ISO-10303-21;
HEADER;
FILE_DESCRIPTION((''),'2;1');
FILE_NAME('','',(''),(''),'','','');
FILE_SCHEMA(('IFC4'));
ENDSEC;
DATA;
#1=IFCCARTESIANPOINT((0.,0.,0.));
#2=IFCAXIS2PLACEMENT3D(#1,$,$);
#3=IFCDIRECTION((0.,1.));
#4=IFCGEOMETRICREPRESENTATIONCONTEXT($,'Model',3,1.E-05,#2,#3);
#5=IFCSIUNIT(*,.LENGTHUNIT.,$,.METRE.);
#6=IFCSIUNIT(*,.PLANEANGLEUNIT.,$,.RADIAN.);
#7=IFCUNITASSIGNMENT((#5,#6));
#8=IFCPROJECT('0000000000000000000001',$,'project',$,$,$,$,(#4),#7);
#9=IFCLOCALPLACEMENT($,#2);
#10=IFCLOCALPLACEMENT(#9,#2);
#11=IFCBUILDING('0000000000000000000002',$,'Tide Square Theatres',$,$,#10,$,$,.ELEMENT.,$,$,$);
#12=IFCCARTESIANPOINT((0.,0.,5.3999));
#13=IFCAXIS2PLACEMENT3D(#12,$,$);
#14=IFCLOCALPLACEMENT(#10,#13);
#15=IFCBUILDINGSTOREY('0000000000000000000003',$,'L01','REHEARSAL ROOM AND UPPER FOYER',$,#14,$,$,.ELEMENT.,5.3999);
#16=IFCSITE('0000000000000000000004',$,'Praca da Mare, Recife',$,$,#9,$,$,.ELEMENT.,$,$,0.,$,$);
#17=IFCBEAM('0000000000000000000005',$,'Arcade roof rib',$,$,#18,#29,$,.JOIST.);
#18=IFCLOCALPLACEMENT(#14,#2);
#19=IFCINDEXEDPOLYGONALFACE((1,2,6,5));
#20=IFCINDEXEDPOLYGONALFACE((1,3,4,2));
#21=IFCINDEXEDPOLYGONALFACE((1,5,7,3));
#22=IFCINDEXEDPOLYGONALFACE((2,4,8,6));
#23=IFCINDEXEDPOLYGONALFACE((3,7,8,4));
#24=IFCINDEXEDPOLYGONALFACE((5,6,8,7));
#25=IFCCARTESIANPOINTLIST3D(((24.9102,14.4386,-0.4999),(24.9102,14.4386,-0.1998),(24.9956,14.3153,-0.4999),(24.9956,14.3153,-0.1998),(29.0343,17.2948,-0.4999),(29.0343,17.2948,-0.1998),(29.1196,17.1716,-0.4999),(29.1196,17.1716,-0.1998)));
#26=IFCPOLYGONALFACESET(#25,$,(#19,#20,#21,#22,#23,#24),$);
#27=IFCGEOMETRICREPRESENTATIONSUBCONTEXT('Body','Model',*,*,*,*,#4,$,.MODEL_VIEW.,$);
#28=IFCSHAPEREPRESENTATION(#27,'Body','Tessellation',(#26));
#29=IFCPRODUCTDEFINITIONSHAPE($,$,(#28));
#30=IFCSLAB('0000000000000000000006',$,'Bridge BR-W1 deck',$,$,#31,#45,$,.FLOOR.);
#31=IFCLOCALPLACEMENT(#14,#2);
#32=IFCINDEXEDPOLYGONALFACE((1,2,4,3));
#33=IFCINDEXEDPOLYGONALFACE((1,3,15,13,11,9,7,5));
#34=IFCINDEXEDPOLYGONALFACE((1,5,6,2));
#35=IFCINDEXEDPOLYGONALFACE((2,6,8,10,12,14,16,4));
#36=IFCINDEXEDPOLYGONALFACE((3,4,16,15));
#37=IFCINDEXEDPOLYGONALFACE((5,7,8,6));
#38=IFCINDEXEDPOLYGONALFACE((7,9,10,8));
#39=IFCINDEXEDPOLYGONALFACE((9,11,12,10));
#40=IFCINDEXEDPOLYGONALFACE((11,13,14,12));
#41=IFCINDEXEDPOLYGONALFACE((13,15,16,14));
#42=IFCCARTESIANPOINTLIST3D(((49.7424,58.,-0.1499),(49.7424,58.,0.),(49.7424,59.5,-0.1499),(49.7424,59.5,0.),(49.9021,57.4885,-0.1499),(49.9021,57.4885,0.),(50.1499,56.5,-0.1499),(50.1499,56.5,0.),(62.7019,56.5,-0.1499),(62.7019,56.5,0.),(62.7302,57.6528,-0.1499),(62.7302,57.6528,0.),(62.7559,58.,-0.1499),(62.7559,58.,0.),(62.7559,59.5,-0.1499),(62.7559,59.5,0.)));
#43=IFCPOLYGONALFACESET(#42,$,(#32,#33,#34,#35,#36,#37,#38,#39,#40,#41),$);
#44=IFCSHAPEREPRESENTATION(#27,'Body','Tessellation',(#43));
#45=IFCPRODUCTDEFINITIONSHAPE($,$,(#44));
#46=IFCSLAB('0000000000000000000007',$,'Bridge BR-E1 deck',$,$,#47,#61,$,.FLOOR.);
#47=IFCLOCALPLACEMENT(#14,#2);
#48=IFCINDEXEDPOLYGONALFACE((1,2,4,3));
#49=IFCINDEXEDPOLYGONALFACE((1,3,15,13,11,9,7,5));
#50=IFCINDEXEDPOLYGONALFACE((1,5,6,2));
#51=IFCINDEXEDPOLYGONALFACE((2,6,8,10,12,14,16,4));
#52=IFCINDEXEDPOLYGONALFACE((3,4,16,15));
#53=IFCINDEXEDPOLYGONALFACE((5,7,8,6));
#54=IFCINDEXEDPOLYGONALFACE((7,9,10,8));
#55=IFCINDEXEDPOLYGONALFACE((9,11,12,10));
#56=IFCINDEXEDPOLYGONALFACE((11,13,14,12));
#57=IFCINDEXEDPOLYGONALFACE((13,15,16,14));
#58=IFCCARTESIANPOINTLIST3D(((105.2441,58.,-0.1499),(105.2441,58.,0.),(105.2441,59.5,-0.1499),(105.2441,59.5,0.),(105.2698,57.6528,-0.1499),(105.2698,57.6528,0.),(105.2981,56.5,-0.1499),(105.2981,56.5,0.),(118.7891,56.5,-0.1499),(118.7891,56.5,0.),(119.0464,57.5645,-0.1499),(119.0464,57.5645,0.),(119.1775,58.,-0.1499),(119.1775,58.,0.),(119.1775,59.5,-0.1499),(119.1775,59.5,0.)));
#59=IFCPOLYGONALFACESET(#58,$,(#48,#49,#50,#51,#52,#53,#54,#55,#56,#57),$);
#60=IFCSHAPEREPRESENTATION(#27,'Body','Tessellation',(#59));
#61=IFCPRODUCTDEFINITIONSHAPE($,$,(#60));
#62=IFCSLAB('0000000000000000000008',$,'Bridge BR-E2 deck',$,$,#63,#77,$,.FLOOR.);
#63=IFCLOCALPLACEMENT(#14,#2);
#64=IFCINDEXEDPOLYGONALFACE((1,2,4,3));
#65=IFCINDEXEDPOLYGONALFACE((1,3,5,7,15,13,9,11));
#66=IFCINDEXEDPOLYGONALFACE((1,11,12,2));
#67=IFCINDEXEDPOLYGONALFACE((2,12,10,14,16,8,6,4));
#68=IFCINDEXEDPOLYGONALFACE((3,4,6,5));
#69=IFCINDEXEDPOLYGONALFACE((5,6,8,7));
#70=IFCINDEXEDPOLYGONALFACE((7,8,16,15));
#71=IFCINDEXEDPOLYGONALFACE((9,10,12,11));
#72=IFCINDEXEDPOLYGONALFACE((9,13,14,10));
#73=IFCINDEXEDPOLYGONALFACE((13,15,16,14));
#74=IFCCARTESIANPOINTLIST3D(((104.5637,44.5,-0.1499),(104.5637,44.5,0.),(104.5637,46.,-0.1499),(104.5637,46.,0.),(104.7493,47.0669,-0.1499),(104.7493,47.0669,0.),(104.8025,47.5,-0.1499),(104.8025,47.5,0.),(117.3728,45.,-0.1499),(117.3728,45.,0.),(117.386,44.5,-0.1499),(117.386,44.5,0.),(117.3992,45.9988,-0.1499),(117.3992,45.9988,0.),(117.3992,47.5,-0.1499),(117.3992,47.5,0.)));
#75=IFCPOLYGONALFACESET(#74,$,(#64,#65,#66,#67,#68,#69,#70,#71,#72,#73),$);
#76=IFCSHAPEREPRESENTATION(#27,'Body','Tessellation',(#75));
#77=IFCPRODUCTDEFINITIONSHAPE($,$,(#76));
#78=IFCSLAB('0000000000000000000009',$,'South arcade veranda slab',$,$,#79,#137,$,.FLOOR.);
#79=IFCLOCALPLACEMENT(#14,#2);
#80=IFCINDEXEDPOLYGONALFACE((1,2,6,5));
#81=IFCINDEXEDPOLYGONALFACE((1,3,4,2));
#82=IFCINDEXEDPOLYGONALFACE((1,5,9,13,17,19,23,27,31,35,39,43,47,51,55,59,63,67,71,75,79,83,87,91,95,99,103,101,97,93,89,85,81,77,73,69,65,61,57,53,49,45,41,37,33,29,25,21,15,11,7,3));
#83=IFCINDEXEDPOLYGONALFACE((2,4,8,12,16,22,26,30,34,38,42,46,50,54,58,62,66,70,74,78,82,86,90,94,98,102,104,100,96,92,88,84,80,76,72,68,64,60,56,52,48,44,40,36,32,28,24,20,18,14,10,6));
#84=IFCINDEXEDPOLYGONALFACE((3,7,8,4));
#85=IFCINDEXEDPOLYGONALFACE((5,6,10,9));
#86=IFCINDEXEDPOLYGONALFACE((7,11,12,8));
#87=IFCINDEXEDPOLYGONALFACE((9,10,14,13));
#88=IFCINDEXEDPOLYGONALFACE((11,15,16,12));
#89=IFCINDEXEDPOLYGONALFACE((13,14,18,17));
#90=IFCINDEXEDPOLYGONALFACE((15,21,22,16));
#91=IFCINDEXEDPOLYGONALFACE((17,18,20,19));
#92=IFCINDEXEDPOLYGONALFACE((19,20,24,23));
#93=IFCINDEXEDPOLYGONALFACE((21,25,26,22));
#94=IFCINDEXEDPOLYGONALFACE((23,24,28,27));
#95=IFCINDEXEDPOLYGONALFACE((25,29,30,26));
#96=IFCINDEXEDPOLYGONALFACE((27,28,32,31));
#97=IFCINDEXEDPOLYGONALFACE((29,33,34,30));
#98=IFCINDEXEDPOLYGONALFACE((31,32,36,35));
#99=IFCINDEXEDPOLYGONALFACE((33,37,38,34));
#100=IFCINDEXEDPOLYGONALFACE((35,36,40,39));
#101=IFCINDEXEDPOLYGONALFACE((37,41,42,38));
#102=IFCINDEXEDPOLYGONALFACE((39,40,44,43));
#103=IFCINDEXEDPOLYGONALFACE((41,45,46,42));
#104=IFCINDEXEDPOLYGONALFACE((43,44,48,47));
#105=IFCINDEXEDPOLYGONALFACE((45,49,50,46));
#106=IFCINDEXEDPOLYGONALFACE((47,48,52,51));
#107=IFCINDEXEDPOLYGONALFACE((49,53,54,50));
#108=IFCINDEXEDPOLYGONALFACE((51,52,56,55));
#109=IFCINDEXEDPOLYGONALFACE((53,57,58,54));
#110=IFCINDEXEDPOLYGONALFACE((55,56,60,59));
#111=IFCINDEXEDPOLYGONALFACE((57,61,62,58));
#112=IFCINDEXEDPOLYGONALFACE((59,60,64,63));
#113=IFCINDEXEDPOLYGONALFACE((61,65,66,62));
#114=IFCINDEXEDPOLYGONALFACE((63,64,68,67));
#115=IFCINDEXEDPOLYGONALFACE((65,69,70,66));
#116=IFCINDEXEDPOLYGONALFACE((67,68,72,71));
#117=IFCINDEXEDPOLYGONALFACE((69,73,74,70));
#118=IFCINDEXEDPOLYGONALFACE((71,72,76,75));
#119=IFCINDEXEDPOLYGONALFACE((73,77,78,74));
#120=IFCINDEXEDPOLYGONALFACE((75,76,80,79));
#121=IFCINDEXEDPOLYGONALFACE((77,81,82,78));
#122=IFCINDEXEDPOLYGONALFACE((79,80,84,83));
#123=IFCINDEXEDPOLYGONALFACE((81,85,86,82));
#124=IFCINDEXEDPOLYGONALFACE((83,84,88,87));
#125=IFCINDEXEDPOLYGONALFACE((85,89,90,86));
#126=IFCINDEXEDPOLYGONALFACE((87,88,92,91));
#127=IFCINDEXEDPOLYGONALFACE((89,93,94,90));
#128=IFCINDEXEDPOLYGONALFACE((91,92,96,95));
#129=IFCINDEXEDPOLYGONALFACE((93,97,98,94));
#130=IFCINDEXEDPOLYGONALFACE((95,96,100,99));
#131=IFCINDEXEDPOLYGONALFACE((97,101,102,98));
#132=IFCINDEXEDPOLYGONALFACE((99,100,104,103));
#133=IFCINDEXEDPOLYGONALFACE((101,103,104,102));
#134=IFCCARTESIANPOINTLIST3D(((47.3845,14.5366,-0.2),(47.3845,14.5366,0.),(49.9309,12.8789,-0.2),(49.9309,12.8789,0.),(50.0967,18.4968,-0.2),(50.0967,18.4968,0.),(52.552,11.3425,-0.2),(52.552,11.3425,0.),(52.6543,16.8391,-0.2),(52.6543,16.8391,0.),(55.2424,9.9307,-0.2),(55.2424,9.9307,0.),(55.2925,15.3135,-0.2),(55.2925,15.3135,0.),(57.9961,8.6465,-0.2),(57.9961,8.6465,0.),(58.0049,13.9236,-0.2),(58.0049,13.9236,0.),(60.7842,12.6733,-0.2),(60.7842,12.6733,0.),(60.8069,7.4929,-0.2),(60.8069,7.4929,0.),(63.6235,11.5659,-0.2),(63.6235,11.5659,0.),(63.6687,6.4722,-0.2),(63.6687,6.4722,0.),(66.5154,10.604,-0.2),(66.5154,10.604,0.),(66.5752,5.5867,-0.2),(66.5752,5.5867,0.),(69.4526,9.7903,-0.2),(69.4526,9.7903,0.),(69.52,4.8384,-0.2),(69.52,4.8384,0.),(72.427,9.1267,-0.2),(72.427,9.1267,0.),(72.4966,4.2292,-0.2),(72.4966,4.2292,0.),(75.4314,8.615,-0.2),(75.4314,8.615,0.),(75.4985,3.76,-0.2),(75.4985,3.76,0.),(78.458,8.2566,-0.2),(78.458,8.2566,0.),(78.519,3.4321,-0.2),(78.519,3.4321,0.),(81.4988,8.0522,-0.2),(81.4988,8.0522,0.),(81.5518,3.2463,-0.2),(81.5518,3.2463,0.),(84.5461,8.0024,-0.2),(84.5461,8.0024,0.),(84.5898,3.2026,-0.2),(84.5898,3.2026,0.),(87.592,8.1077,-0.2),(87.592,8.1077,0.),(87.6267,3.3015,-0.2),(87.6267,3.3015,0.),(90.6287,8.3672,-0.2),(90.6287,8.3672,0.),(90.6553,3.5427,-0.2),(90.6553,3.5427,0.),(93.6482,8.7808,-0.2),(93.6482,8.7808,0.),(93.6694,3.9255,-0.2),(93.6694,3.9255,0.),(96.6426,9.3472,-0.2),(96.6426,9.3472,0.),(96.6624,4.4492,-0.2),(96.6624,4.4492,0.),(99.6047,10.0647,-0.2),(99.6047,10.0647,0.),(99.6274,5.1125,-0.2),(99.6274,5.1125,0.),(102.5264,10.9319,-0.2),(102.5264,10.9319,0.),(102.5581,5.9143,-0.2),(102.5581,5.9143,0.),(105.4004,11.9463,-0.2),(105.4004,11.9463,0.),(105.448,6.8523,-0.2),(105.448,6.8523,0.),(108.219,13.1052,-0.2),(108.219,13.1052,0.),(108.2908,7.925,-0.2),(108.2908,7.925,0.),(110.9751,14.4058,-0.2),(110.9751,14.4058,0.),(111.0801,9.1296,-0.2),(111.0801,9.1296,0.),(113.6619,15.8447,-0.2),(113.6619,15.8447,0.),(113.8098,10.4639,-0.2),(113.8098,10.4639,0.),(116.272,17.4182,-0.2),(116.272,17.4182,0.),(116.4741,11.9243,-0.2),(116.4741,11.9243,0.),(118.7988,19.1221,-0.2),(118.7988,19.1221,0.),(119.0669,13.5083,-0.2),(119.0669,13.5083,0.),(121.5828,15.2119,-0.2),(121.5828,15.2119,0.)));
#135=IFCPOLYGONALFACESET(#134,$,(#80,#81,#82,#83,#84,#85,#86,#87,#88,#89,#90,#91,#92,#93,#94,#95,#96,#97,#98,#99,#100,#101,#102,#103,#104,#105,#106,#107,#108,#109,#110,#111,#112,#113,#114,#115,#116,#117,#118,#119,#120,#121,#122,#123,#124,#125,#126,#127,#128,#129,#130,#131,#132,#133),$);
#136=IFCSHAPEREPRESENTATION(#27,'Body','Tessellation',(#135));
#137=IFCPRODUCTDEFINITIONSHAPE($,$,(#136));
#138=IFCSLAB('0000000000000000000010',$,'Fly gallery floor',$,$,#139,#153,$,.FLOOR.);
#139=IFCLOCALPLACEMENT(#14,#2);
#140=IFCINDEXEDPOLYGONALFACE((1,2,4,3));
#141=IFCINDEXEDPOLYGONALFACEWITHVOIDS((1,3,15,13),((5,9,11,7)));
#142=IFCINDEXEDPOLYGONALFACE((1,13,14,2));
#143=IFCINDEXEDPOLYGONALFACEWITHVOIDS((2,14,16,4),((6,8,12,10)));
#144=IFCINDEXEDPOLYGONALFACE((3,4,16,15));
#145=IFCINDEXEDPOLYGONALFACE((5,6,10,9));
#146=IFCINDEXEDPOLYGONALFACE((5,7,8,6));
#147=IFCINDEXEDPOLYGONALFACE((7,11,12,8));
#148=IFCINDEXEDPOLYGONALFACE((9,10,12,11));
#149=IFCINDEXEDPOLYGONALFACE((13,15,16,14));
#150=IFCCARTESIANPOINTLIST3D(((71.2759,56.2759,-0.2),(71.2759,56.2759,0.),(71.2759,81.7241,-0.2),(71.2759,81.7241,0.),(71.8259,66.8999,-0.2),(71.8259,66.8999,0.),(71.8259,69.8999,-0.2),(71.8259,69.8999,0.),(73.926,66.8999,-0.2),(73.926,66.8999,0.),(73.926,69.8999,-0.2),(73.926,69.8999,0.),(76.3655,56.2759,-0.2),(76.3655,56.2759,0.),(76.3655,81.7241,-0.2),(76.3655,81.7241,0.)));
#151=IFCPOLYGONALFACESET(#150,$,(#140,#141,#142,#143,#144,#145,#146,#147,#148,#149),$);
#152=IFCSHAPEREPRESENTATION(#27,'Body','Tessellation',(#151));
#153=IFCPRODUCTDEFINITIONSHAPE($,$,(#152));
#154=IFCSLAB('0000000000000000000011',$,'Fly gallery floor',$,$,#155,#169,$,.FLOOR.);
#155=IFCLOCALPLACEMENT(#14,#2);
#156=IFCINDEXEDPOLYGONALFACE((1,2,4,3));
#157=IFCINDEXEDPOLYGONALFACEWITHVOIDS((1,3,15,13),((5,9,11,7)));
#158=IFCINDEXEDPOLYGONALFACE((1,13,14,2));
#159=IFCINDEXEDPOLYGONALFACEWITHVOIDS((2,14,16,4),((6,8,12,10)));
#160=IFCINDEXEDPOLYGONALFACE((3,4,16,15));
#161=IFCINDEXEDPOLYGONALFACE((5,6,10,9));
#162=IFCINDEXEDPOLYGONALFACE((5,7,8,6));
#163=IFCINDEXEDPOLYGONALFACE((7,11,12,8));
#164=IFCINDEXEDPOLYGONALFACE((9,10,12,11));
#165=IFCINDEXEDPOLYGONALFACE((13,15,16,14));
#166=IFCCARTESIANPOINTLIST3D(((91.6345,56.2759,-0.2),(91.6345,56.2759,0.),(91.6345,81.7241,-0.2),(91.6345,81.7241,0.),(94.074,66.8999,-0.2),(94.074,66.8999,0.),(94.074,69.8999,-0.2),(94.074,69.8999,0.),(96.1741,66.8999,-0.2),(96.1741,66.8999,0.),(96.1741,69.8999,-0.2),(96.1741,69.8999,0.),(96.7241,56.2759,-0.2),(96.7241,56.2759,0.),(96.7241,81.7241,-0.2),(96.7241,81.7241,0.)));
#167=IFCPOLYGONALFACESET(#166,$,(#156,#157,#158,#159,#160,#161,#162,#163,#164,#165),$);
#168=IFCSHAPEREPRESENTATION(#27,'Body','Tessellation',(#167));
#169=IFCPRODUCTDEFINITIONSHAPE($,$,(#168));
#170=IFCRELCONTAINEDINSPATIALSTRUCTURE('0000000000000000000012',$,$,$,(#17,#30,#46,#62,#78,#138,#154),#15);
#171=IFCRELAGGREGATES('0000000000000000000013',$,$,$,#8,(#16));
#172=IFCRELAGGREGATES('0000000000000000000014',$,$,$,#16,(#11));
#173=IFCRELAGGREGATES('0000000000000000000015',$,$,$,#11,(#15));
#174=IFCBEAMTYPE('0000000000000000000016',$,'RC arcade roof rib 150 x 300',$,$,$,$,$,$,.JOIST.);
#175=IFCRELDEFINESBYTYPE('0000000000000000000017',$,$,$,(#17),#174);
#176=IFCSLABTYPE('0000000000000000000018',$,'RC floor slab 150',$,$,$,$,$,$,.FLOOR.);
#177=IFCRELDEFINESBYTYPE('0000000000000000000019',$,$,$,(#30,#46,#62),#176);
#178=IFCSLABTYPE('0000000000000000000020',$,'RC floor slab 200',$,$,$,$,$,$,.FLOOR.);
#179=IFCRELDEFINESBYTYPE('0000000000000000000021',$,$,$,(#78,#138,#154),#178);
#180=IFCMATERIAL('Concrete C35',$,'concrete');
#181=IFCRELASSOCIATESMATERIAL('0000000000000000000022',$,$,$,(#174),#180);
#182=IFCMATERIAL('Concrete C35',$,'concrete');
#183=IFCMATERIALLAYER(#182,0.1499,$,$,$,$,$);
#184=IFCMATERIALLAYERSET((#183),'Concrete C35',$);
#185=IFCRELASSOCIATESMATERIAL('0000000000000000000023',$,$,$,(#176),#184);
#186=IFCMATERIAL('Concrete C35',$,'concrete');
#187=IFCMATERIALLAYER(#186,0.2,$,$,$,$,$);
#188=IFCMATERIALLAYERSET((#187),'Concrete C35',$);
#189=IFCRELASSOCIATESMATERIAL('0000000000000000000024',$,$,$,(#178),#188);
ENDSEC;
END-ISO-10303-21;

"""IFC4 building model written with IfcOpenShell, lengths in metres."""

from ifc_helpers import new_model, si_unit, direction, frame, origin, origin_2d, place, context, subcontext, project, spatial, polyline, rectangle, outline, extrude, material, layer, layer_set, material_profile, profile_set, type_object, element, save


model = new_model("IFC4")

# Units and contexts
model_context = context("Model", 3, precision=1e-05, world=origin(), true_north=direction((0.0, 1.0)))
body_context = subcontext(model_context, "Body", "Model", "MODEL_VIEW")
ifc_project = project(units=[si_unit("LENGTHUNIT", "METRE"), si_unit("PLANEANGLEUNIT", "RADIAN")], contexts=[model_context])

# Site, building, storey
site_placement = place(None, origin())
site = spatial("IfcSite", under=ifc_project, at=site_placement, Name="Praca da Mare, Recife", CompositionType="ELEMENT", RefElevation=0.0)
building_placement = place(site_placement, origin())
building = spatial("IfcBuilding", under=site, at=building_placement, Name="Tide Square Theatres", CompositionType="ELEMENT")
storey_placement = place(building_placement, frame((0.0, 0.0, 5.3999)))
storey = spatial("IfcBuildingStorey", under=building, at=storey_placement, Name="L01", Description="REHEARSAL ROOM AND UPPER FOYER", CompositionType="ELEMENT", Elevation=5.3999)

# Beam
ifc_material_1 = material(Name="Concrete C35", Category="concrete")
ifc_material_profile = material_profile(ifc_material_1, rectangle(XDim=0.1499, YDim=0.3, at=origin_2d()))
ifc_profile_set = profile_set([ifc_material_profile], Name="Concrete C35")
beam_type = type_object("IfcBeamType", Name="RC arcade roof rib 150 x 300", PredefinedType="JOIST", material=ifc_profile_set)
beam_placement = place(storey_placement, frame((24.9529, 14.377, -0.3499), z_axis=(0.822089, 0.569359, 0.0), x_axis=(-0.569359, 0.822089, 0.0)))
element("IfcBeam", 1, at=beam_placement, inside=storey, type_object=beam_type, Name="Arcade roof rib", PredefinedType="JOIST", context=body_context, shape_type="SweptSolid", body=[
    extrude(rectangle(XDim=0.1499, YDim=0.3, at=origin_2d()), origin(), (0.0, 0.0, 1.0), 5.0166),
])

# Slabs
ifc_material_2 = material(Name="Concrete C35", Category="concrete")
ifc_layer_1 = layer(ifc_material_2, 0.1499)
ifc_layer_set_1 = layer_set([ifc_layer_1], Name="Concrete C35")
slab_type_1 = type_object("IfcSlabType", Name="RC floor slab 150", PredefinedType="FLOOR", material=ifc_layer_set_1)
slab_1_placement = place(storey_placement, frame((0.0, 0.0, -0.1499)))
element("IfcSlab", 2, at=slab_1_placement, inside=storey, type_object=slab_type_1, Name="Bridge BR-W1 deck", PredefinedType="FLOOR", context=body_context, shape_type="SweptSolid", body=[
    extrude(outline(polyline([(62.7302, 57.6528), (62.7559, 58.0), (62.7559, 59.5), (49.7424, 59.5), (49.7424, 58.0), (49.9021, 57.4885), (50.1499, 56.5), (62.7019, 56.5), (62.7302, 57.6528)])), origin(), (0.0, 0.0, 1.0), 0.1499),
])
slab_2_placement = place(storey_placement, frame((0.0, 0.0, -0.1499)))
element("IfcSlab", 3, at=slab_2_placement, inside=storey, type_object=slab_type_1, Name="Bridge BR-E1 deck", PredefinedType="FLOOR", context=body_context, shape_type="SweptSolid", body=[
    extrude(outline(polyline([(105.2698, 57.6528), (105.2981, 56.5), (118.7891, 56.5), (119.0464, 57.5645), (119.1775, 58.0), (119.1775, 59.5), (105.2441, 59.5), (105.2441, 58.0), (105.2698, 57.6528)])), origin(), (0.0, 0.0, 1.0), 0.1499),
])
slab_3_placement = place(storey_placement, frame((0.0, 0.0, -0.1499)))
element("IfcSlab", 4, at=slab_3_placement, inside=storey, type_object=slab_type_1, Name="Bridge BR-E2 deck", PredefinedType="FLOOR", context=body_context, shape_type="SweptSolid", body=[
    extrude(outline(polyline([(104.7493, 47.0669), (104.5637, 46.0), (104.5637, 44.5), (117.386, 44.5), (117.3728, 45.0), (117.3992, 45.9988), (117.3992, 47.5), (104.8025, 47.5), (104.7493, 47.0669)])), origin(), (0.0, 0.0, 1.0), 0.1499),
])
ifc_material_3 = material(Name="Concrete C35", Category="concrete")
ifc_layer_2 = layer(ifc_material_3, 0.2)
ifc_layer_set_2 = layer_set([ifc_layer_2], Name="Concrete C35")
slab_type_2 = type_object("IfcSlabType", Name="RC floor slab 200", PredefinedType="FLOOR", material=ifc_layer_set_2)
slab_4_placement = place(storey_placement, frame((0.0, 0.0, -0.2)))
element("IfcSlab", 5, at=slab_4_placement, inside=storey, type_object=slab_type_2, Name="South arcade veranda slab", PredefinedType="FLOOR", context=body_context, shape_type="SweptSolid", body=[
    extrude(outline(polyline([(49.9309, 12.8789), (52.552, 11.3425), (55.2424, 9.9307), (57.9961, 8.6465), (60.8069, 7.4929), (63.6687, 6.4722), (66.5752, 5.5867), (69.52, 4.8384), (72.4966, 4.2292), (75.4985, 3.76), (78.519, 3.4321), (81.5518, 3.2463), (84.5898, 3.2026), (87.6267, 3.3015), (90.6553, 3.5427), (93.6694, 3.9255), (96.6624, 4.4492), (99.6274, 5.1125), (102.5581, 5.9143), (105.448, 6.8523), (108.2908, 7.925), (111.0801, 9.1296), (113.8098, 10.4639), (116.4741, 11.9243), (119.0669, 13.5083), (121.5828, 15.2119), (118.7988, 19.1221), (116.272, 17.4182), (113.6619, 15.8447), (110.9751, 14.4058), (108.219, 13.1052), (105.4004, 11.9463), (102.5264, 10.9319), (99.6047, 10.0647), (96.6426, 9.3472), (93.6482, 8.7808), (90.6287, 8.3672), (87.592, 8.1077), (84.5461, 8.0024), (81.4988, 8.0522), (78.458, 8.2566), (75.4314, 8.615), (72.427, 9.1267), (69.4526, 9.7903), (66.5154, 10.604), (63.6235, 11.5659), (60.7842, 12.6733), (58.0049, 13.9236), (55.2925, 15.3135), (52.6543, 16.8391), (50.0967, 18.4968), (47.3845, 14.5366), (49.9309, 12.8789)])), origin(), (0.0, 0.0, 1.0), 0.2),
])
slab_5_placement = place(storey_placement, frame((0.0, 0.0, -0.2)))
element("IfcSlab", 6, at=slab_5_placement, inside=storey, type_object=slab_type_2, Name="Fly gallery floor", PredefinedType="FLOOR", context=body_context, shape_type="SweptSolid", body=[
    extrude(outline(polyline([(76.3655, 56.2759), (76.3655, 81.7241), (71.2759, 81.7241), (71.2759, 56.2759), (76.3655, 56.2759)]), holes=[polyline([(73.926, 66.8999), (73.926, 69.8999), (71.8259, 69.8999), (71.8259, 66.8999), (73.926, 66.8999)])]), origin(), (0.0, 0.0, 1.0), 0.2),
])
slab_6_placement = place(storey_placement, frame((0.0, 0.0, -0.2)))
element("IfcSlab", 7, at=slab_6_placement, inside=storey, type_object=slab_type_2, Name="Fly gallery floor", PredefinedType="FLOOR", context=body_context, shape_type="SweptSolid", body=[
    extrude(outline(polyline([(96.7241, 56.2759), (96.7241, 81.7241), (91.6345, 81.7241), (91.6345, 56.2759), (96.7241, 56.2759)]), holes=[polyline([(96.1741, 66.8999), (96.1741, 69.8999), (94.074, 69.8999), (94.074, 66.8999), (96.1741, 66.8999)])]), origin(), (0.0, 0.0, 1.0), 0.2),
])

save(model, "model.ifc")
